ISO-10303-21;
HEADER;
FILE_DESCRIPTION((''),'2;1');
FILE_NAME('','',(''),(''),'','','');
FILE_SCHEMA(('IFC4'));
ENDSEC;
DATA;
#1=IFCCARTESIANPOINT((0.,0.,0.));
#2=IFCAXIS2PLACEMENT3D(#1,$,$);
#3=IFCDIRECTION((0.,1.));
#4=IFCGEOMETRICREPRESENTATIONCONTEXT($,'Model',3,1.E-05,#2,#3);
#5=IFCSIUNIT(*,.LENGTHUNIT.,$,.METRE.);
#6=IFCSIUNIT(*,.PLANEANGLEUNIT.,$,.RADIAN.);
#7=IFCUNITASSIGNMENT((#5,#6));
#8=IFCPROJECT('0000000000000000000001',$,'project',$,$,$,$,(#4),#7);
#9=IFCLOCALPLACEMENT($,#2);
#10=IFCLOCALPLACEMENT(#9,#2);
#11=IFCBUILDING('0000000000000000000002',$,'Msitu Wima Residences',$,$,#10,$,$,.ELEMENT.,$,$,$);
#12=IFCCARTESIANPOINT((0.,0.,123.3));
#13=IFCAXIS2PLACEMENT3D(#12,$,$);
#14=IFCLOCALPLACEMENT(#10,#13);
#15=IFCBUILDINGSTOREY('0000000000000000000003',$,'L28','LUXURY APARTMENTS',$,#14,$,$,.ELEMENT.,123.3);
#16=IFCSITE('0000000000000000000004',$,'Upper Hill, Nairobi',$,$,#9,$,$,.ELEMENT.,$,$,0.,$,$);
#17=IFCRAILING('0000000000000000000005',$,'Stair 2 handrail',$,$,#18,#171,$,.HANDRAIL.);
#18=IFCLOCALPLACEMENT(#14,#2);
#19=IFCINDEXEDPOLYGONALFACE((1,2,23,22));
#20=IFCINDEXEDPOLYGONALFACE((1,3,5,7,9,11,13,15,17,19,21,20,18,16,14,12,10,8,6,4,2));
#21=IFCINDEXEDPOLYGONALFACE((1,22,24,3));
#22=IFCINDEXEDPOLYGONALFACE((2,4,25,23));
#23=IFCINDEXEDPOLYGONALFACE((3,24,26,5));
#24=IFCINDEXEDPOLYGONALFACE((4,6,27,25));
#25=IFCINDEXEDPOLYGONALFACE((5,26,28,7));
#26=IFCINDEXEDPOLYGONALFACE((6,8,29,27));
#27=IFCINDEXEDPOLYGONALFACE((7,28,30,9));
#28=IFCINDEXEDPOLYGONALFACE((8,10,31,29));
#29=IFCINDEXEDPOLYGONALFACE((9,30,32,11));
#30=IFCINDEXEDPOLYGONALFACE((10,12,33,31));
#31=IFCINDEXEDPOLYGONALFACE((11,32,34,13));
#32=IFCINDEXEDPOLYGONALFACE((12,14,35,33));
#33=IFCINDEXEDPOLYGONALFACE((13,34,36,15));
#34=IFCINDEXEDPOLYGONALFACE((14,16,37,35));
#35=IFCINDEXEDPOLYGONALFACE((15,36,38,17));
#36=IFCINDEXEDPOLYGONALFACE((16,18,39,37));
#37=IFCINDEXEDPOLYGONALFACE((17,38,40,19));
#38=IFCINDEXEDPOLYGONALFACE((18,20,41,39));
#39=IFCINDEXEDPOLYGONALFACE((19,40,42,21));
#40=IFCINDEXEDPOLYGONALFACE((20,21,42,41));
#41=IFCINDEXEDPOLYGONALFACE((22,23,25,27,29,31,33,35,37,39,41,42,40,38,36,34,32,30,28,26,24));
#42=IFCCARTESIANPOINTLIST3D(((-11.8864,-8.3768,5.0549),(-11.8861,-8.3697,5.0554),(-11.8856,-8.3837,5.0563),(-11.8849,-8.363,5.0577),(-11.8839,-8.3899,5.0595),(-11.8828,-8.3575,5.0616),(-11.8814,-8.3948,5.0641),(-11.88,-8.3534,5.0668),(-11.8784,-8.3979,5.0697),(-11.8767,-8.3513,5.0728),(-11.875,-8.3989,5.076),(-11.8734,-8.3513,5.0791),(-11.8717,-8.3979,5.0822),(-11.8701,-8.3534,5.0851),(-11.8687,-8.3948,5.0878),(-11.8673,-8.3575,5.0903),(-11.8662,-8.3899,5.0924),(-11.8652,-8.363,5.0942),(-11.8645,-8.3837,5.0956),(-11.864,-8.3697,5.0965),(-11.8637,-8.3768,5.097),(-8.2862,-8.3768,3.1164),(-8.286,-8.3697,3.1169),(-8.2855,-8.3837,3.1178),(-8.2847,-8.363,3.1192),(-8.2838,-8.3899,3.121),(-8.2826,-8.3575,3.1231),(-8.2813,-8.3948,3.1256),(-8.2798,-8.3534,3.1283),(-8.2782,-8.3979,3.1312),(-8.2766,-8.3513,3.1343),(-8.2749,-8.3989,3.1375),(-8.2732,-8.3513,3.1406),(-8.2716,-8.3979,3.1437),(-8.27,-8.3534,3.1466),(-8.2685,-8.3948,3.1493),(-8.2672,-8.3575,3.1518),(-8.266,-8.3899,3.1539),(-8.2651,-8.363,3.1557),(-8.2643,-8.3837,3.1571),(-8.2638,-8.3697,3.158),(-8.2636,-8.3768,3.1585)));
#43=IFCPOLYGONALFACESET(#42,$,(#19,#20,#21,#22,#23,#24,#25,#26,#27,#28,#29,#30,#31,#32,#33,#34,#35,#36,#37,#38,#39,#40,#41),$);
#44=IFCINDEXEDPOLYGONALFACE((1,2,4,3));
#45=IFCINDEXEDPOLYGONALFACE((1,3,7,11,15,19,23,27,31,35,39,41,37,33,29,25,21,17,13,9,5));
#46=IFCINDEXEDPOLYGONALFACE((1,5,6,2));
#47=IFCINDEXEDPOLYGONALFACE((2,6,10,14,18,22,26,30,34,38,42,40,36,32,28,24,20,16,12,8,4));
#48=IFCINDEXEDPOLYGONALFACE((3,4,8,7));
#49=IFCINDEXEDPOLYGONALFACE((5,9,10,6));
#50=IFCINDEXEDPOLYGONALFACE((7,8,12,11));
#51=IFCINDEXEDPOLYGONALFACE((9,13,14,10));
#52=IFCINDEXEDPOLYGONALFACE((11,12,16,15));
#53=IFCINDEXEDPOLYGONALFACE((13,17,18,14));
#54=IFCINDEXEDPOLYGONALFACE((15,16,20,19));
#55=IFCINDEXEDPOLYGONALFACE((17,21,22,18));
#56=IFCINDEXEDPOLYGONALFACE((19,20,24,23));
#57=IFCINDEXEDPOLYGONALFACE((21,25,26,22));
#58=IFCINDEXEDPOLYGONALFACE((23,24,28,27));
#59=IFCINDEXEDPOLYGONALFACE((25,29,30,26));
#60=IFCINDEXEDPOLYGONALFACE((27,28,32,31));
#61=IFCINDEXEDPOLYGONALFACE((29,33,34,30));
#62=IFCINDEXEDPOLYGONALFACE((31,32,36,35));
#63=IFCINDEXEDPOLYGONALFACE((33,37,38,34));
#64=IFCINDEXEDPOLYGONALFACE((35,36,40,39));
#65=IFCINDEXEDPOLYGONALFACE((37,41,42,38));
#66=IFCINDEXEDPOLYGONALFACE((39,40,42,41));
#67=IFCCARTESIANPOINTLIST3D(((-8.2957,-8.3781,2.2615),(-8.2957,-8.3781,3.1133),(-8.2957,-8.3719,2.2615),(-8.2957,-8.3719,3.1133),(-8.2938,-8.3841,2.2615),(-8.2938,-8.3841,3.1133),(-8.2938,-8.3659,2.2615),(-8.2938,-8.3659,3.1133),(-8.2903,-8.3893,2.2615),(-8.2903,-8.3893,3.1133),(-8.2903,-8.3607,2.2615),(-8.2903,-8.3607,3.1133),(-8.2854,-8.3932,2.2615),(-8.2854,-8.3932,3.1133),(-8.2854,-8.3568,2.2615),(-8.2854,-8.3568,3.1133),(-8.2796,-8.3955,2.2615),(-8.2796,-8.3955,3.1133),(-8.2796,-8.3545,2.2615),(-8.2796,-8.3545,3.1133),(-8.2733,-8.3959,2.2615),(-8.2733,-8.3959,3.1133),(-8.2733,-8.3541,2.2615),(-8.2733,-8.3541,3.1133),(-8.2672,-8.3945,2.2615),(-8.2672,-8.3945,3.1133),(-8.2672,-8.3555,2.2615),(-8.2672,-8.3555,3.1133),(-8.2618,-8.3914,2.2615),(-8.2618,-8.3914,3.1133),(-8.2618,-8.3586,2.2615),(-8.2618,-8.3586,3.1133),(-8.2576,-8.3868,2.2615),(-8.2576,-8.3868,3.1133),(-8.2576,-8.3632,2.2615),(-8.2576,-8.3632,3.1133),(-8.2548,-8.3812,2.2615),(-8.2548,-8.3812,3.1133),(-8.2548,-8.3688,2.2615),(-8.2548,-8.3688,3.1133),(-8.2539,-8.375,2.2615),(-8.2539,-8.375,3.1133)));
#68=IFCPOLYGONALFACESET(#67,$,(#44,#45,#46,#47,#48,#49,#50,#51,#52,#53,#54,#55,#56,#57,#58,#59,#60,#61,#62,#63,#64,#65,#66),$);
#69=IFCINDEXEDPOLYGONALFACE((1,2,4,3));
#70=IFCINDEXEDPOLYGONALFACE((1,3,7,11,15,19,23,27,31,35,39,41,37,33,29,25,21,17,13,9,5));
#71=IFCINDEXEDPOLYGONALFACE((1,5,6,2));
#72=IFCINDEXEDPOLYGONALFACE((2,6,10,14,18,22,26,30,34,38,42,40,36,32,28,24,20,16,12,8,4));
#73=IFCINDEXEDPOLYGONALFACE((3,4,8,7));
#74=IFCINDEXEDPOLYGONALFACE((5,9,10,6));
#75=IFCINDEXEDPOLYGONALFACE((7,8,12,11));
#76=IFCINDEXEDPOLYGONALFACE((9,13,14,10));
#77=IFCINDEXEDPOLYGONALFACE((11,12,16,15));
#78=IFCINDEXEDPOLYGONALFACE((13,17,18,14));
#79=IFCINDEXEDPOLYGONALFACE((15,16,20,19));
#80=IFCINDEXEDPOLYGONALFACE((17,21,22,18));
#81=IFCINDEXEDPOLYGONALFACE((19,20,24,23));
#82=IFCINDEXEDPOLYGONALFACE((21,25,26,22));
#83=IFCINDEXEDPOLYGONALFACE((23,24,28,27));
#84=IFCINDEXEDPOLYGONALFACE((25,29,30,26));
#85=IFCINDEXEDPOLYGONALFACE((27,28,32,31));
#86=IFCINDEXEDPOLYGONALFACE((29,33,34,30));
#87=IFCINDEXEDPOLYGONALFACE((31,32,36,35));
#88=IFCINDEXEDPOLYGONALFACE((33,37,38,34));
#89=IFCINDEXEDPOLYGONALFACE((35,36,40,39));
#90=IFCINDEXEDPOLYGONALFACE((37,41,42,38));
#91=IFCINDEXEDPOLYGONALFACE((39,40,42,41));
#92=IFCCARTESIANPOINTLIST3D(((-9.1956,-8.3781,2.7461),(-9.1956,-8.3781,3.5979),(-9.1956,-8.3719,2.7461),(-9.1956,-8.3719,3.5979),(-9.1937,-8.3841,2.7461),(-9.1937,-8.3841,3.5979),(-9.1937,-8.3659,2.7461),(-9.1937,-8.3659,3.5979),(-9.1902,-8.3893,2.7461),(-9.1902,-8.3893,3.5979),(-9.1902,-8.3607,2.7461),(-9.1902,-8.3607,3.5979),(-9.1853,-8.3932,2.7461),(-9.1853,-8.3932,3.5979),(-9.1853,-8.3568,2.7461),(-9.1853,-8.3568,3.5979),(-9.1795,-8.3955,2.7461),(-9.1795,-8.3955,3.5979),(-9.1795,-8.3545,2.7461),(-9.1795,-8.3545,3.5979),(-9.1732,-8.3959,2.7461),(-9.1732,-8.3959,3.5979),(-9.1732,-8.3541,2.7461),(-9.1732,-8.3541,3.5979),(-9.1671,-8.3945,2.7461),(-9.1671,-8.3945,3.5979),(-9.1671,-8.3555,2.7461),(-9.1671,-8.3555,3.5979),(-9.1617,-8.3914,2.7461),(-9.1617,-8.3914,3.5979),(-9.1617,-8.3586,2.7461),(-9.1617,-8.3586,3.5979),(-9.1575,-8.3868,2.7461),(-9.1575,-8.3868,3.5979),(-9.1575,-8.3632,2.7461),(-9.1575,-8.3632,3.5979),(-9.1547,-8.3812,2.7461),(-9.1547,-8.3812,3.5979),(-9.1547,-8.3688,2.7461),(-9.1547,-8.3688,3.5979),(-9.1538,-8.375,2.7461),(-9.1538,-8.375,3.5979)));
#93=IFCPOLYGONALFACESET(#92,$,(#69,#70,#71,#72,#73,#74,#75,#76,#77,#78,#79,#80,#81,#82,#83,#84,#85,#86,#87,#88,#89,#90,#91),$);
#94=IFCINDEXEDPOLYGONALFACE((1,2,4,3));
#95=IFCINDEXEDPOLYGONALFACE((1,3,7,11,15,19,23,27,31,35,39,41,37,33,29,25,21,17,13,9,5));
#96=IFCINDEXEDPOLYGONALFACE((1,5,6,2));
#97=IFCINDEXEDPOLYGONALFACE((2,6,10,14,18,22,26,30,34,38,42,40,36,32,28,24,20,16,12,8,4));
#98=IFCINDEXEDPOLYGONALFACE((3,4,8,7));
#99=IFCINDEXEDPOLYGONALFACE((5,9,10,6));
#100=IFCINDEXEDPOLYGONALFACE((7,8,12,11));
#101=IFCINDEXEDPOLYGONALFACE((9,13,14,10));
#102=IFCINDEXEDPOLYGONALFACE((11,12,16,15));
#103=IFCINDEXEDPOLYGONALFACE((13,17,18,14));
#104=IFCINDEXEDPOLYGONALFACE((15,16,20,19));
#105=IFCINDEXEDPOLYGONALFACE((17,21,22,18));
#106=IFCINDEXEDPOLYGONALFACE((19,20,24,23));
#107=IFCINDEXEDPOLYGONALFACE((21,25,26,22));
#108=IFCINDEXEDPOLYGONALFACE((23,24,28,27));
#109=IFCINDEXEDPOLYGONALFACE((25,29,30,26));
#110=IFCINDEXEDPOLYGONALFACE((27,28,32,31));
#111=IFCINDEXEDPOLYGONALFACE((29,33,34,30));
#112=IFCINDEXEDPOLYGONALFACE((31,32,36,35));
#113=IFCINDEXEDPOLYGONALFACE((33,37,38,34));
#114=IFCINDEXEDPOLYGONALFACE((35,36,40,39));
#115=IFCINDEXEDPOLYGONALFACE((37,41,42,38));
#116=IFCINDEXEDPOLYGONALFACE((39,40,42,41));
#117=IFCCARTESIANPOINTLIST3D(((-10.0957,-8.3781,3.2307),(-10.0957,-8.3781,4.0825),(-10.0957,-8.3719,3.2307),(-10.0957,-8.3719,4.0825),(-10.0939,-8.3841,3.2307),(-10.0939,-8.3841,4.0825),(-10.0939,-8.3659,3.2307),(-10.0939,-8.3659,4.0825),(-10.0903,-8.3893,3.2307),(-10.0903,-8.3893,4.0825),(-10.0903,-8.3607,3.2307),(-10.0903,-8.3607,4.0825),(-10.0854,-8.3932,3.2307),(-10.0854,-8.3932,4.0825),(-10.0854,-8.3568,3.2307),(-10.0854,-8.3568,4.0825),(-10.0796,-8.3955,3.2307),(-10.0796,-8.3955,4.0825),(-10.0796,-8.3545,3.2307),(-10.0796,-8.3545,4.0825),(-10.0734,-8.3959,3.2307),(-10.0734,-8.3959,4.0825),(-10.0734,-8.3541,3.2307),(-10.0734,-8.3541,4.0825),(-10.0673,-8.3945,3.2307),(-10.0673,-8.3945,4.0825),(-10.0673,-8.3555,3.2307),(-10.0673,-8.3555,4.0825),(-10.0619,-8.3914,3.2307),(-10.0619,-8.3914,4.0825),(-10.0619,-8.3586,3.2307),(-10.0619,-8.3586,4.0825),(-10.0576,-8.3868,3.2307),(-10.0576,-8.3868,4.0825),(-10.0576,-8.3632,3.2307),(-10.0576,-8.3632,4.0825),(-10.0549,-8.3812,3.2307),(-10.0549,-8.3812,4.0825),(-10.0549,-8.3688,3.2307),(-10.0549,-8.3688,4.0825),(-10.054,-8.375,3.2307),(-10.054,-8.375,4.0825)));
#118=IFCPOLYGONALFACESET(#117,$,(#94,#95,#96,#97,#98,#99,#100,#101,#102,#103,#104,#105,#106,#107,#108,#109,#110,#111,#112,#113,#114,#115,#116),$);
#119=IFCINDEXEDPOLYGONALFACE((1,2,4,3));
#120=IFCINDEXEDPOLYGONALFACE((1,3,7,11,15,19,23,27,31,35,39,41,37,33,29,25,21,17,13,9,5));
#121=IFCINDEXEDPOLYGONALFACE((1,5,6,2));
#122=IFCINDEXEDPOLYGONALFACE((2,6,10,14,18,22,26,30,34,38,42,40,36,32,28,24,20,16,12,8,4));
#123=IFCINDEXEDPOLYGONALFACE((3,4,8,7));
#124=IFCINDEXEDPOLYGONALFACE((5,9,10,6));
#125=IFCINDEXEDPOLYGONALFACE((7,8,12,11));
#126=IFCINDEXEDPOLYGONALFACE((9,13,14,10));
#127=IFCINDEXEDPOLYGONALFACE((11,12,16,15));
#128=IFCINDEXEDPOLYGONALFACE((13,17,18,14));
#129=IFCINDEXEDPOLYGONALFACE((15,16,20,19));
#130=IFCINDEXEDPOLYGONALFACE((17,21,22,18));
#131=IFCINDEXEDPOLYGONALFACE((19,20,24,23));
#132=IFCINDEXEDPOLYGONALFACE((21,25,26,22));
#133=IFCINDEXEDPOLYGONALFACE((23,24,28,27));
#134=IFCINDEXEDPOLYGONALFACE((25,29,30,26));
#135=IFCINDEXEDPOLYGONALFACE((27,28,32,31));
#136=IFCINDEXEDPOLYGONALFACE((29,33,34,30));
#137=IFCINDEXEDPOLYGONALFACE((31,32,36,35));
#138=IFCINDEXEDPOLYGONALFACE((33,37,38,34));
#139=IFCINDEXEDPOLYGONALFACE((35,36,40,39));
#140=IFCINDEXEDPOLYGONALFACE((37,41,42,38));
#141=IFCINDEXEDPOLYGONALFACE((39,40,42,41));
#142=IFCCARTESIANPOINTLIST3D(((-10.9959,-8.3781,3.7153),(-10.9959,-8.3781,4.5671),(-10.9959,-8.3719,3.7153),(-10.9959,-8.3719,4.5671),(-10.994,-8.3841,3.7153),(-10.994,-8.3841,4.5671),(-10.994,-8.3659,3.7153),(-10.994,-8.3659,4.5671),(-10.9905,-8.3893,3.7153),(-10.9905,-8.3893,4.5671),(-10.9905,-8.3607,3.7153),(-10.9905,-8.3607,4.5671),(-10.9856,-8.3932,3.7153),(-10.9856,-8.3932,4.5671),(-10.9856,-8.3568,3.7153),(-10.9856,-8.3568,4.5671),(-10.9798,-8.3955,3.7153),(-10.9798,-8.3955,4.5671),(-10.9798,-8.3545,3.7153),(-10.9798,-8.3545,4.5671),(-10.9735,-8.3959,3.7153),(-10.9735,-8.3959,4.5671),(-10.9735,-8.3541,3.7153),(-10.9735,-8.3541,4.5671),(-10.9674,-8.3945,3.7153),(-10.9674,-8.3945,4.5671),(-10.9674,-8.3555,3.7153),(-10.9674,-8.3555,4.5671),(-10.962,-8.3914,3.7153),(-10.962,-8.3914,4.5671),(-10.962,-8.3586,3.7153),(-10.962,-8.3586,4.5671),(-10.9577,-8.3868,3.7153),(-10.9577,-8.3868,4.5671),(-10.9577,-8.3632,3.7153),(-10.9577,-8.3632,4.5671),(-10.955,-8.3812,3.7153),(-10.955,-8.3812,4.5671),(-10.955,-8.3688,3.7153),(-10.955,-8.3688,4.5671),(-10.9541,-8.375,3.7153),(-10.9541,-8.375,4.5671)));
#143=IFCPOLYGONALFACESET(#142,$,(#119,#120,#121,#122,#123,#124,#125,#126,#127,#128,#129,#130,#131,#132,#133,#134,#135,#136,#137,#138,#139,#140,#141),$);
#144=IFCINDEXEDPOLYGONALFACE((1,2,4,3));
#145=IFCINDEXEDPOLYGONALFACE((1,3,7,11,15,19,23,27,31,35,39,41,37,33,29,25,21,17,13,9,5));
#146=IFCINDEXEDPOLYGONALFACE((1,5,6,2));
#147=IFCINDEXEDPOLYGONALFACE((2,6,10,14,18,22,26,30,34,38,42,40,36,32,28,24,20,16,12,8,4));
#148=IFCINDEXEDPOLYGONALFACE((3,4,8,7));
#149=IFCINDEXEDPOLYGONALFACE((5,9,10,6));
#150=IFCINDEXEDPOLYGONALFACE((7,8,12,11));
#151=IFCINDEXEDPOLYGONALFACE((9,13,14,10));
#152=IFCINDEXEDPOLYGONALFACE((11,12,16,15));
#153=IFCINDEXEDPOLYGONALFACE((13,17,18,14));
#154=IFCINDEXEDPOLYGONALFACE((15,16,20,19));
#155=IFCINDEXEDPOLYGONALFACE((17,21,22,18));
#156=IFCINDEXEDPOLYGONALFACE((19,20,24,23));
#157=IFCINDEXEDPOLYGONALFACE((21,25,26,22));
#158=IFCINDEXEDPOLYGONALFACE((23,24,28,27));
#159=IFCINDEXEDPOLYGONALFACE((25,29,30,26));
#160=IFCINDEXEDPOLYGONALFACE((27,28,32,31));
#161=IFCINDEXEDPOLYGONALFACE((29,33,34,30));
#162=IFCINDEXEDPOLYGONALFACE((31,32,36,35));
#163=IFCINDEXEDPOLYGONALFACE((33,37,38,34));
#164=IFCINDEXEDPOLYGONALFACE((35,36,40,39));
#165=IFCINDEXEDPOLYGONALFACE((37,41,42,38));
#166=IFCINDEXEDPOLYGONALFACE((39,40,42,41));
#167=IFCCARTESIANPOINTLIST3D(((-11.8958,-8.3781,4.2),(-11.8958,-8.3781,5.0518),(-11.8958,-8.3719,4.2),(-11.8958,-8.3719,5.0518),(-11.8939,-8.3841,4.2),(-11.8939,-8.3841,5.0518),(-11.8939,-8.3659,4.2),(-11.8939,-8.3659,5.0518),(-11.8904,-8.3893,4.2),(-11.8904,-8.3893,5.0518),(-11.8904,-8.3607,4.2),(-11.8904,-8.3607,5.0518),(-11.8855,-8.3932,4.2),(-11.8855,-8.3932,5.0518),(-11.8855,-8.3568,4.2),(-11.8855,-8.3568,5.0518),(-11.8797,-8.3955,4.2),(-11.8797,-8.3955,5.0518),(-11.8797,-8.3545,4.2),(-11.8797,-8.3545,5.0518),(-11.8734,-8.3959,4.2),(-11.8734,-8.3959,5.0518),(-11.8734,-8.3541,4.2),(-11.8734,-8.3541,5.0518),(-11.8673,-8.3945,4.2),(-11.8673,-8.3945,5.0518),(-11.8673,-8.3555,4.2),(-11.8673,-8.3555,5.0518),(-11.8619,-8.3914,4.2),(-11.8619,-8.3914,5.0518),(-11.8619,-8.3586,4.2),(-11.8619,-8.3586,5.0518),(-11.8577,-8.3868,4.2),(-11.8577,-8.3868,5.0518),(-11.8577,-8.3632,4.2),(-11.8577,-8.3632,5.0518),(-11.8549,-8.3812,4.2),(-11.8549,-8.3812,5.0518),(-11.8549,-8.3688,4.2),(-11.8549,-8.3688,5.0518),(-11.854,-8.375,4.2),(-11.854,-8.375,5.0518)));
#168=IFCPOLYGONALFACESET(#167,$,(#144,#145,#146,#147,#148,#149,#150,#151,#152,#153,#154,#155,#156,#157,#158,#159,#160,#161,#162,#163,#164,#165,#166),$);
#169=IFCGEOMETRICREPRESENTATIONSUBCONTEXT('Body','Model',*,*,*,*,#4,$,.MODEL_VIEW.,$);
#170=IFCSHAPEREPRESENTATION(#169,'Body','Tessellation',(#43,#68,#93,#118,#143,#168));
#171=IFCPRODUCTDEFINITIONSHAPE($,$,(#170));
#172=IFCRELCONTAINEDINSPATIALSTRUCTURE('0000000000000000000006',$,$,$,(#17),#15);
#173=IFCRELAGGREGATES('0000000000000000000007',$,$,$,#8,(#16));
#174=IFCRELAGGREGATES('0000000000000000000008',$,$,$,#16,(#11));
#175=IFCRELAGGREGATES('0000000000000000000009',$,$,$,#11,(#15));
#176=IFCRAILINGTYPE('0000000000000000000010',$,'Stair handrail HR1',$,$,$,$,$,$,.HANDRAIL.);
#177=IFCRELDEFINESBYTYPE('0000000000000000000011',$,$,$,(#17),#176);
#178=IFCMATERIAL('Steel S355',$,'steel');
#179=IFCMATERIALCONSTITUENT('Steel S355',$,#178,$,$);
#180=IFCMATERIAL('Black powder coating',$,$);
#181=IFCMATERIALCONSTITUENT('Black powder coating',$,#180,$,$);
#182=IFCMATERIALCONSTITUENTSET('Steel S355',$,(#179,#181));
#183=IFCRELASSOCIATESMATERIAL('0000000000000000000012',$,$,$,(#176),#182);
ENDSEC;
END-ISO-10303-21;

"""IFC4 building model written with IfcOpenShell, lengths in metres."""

from ifc_helpers import new_model, si_unit, direction, frame, origin, origin_2d, place, context, subcontext, project, spatial, circle, extrude, material, constituent, constituent_set, type_object, element, save


model = new_model("IFC4")

# Units and contexts
model_context = context("Model", 3, precision=1e-05, world=origin(), true_north=direction((0.0, 1.0)))
body_context = subcontext(model_context, "Body", "Model", "MODEL_VIEW")
ifc_project = project(units=[si_unit("LENGTHUNIT", "METRE"), si_unit("PLANEANGLEUNIT", "RADIAN")], contexts=[model_context])

# Site, building, storey
site_placement = place(None, origin())
site = spatial("IfcSite", under=ifc_project, at=site_placement, Name="Upper Hill, Nairobi", CompositionType="ELEMENT", RefElevation=0.0)
building_placement = place(site_placement, origin())
building = spatial("IfcBuilding", under=site, at=building_placement, Name="Msitu Wima Residences", CompositionType="ELEMENT")
storey_placement = place(building_placement, frame((0.0, 0.0, 123.3)))
storey = spatial("IfcBuildingStorey", under=building, at=storey_placement, Name="L28", Description="LUXURY APARTMENTS", CompositionType="ELEMENT", Elevation=123.3)

# Railing
ifc_material_1 = material(Name="Steel S355", Category="steel")
ifc_constituent_1 = constituent(ifc_material_1, Name="Steel S355")
ifc_material_2 = material(Name="Black powder coating")
ifc_constituent_2 = constituent(ifc_material_2, Name="Black powder coating")
ifc_constituent_set = constituent_set(constituents=[ifc_constituent_1, ifc_constituent_2], Name="Steel S355")
railing_type = type_object("IfcRailingType", Name="Stair handrail HR1", PredefinedType="HANDRAIL", material=ifc_constituent_set)
for number, where, name in (
    (1, (-8.2749, -8.375, 2.2615), "Stair 2 handrail"),
):
    element("IfcRailing", number, at=place(storey_placement, frame(where)), inside=storey, type_object=railing_type, Name=name, PredefinedType="HANDRAIL", context=body_context, shape_type="SweptSolid", body=[
        extrude(circle(Radius=0.0239, at=origin_2d()), frame((0.0, 0.0, 0.876), z_axis=(-0.880475, 0.0, 0.474093), x_axis=(0.0, -1.0, 0.0)), (0.0, 0.0, 1.0), 4.0889),
        extrude(circle(Radius=0.021, at=origin_2d()), origin(), (0.0, 0.0, 1.0), 0.8518),
        extrude(circle(Radius=0.021, at=origin_2d()), frame((-0.8999, 0.0, 0.4846)), (0.0, 0.0, 1.0), 0.8518),
        extrude(circle(Radius=0.021, at=origin_2d()), frame((-1.8, 0.0, 0.9692)), (0.0, 0.0, 1.0), 0.8518),
        extrude(circle(Radius=0.021, at=origin_2d()), frame((-2.7002, 0.0, 1.4539)), (0.0, 0.0, 1.0), 0.8518),
        extrude(circle(Radius=0.021, at=origin_2d()), frame((-3.6001, 0.0, 1.9385)), (0.0, 0.0, 1.0), 0.8518),
    ])

save(model, "model.ifc")
